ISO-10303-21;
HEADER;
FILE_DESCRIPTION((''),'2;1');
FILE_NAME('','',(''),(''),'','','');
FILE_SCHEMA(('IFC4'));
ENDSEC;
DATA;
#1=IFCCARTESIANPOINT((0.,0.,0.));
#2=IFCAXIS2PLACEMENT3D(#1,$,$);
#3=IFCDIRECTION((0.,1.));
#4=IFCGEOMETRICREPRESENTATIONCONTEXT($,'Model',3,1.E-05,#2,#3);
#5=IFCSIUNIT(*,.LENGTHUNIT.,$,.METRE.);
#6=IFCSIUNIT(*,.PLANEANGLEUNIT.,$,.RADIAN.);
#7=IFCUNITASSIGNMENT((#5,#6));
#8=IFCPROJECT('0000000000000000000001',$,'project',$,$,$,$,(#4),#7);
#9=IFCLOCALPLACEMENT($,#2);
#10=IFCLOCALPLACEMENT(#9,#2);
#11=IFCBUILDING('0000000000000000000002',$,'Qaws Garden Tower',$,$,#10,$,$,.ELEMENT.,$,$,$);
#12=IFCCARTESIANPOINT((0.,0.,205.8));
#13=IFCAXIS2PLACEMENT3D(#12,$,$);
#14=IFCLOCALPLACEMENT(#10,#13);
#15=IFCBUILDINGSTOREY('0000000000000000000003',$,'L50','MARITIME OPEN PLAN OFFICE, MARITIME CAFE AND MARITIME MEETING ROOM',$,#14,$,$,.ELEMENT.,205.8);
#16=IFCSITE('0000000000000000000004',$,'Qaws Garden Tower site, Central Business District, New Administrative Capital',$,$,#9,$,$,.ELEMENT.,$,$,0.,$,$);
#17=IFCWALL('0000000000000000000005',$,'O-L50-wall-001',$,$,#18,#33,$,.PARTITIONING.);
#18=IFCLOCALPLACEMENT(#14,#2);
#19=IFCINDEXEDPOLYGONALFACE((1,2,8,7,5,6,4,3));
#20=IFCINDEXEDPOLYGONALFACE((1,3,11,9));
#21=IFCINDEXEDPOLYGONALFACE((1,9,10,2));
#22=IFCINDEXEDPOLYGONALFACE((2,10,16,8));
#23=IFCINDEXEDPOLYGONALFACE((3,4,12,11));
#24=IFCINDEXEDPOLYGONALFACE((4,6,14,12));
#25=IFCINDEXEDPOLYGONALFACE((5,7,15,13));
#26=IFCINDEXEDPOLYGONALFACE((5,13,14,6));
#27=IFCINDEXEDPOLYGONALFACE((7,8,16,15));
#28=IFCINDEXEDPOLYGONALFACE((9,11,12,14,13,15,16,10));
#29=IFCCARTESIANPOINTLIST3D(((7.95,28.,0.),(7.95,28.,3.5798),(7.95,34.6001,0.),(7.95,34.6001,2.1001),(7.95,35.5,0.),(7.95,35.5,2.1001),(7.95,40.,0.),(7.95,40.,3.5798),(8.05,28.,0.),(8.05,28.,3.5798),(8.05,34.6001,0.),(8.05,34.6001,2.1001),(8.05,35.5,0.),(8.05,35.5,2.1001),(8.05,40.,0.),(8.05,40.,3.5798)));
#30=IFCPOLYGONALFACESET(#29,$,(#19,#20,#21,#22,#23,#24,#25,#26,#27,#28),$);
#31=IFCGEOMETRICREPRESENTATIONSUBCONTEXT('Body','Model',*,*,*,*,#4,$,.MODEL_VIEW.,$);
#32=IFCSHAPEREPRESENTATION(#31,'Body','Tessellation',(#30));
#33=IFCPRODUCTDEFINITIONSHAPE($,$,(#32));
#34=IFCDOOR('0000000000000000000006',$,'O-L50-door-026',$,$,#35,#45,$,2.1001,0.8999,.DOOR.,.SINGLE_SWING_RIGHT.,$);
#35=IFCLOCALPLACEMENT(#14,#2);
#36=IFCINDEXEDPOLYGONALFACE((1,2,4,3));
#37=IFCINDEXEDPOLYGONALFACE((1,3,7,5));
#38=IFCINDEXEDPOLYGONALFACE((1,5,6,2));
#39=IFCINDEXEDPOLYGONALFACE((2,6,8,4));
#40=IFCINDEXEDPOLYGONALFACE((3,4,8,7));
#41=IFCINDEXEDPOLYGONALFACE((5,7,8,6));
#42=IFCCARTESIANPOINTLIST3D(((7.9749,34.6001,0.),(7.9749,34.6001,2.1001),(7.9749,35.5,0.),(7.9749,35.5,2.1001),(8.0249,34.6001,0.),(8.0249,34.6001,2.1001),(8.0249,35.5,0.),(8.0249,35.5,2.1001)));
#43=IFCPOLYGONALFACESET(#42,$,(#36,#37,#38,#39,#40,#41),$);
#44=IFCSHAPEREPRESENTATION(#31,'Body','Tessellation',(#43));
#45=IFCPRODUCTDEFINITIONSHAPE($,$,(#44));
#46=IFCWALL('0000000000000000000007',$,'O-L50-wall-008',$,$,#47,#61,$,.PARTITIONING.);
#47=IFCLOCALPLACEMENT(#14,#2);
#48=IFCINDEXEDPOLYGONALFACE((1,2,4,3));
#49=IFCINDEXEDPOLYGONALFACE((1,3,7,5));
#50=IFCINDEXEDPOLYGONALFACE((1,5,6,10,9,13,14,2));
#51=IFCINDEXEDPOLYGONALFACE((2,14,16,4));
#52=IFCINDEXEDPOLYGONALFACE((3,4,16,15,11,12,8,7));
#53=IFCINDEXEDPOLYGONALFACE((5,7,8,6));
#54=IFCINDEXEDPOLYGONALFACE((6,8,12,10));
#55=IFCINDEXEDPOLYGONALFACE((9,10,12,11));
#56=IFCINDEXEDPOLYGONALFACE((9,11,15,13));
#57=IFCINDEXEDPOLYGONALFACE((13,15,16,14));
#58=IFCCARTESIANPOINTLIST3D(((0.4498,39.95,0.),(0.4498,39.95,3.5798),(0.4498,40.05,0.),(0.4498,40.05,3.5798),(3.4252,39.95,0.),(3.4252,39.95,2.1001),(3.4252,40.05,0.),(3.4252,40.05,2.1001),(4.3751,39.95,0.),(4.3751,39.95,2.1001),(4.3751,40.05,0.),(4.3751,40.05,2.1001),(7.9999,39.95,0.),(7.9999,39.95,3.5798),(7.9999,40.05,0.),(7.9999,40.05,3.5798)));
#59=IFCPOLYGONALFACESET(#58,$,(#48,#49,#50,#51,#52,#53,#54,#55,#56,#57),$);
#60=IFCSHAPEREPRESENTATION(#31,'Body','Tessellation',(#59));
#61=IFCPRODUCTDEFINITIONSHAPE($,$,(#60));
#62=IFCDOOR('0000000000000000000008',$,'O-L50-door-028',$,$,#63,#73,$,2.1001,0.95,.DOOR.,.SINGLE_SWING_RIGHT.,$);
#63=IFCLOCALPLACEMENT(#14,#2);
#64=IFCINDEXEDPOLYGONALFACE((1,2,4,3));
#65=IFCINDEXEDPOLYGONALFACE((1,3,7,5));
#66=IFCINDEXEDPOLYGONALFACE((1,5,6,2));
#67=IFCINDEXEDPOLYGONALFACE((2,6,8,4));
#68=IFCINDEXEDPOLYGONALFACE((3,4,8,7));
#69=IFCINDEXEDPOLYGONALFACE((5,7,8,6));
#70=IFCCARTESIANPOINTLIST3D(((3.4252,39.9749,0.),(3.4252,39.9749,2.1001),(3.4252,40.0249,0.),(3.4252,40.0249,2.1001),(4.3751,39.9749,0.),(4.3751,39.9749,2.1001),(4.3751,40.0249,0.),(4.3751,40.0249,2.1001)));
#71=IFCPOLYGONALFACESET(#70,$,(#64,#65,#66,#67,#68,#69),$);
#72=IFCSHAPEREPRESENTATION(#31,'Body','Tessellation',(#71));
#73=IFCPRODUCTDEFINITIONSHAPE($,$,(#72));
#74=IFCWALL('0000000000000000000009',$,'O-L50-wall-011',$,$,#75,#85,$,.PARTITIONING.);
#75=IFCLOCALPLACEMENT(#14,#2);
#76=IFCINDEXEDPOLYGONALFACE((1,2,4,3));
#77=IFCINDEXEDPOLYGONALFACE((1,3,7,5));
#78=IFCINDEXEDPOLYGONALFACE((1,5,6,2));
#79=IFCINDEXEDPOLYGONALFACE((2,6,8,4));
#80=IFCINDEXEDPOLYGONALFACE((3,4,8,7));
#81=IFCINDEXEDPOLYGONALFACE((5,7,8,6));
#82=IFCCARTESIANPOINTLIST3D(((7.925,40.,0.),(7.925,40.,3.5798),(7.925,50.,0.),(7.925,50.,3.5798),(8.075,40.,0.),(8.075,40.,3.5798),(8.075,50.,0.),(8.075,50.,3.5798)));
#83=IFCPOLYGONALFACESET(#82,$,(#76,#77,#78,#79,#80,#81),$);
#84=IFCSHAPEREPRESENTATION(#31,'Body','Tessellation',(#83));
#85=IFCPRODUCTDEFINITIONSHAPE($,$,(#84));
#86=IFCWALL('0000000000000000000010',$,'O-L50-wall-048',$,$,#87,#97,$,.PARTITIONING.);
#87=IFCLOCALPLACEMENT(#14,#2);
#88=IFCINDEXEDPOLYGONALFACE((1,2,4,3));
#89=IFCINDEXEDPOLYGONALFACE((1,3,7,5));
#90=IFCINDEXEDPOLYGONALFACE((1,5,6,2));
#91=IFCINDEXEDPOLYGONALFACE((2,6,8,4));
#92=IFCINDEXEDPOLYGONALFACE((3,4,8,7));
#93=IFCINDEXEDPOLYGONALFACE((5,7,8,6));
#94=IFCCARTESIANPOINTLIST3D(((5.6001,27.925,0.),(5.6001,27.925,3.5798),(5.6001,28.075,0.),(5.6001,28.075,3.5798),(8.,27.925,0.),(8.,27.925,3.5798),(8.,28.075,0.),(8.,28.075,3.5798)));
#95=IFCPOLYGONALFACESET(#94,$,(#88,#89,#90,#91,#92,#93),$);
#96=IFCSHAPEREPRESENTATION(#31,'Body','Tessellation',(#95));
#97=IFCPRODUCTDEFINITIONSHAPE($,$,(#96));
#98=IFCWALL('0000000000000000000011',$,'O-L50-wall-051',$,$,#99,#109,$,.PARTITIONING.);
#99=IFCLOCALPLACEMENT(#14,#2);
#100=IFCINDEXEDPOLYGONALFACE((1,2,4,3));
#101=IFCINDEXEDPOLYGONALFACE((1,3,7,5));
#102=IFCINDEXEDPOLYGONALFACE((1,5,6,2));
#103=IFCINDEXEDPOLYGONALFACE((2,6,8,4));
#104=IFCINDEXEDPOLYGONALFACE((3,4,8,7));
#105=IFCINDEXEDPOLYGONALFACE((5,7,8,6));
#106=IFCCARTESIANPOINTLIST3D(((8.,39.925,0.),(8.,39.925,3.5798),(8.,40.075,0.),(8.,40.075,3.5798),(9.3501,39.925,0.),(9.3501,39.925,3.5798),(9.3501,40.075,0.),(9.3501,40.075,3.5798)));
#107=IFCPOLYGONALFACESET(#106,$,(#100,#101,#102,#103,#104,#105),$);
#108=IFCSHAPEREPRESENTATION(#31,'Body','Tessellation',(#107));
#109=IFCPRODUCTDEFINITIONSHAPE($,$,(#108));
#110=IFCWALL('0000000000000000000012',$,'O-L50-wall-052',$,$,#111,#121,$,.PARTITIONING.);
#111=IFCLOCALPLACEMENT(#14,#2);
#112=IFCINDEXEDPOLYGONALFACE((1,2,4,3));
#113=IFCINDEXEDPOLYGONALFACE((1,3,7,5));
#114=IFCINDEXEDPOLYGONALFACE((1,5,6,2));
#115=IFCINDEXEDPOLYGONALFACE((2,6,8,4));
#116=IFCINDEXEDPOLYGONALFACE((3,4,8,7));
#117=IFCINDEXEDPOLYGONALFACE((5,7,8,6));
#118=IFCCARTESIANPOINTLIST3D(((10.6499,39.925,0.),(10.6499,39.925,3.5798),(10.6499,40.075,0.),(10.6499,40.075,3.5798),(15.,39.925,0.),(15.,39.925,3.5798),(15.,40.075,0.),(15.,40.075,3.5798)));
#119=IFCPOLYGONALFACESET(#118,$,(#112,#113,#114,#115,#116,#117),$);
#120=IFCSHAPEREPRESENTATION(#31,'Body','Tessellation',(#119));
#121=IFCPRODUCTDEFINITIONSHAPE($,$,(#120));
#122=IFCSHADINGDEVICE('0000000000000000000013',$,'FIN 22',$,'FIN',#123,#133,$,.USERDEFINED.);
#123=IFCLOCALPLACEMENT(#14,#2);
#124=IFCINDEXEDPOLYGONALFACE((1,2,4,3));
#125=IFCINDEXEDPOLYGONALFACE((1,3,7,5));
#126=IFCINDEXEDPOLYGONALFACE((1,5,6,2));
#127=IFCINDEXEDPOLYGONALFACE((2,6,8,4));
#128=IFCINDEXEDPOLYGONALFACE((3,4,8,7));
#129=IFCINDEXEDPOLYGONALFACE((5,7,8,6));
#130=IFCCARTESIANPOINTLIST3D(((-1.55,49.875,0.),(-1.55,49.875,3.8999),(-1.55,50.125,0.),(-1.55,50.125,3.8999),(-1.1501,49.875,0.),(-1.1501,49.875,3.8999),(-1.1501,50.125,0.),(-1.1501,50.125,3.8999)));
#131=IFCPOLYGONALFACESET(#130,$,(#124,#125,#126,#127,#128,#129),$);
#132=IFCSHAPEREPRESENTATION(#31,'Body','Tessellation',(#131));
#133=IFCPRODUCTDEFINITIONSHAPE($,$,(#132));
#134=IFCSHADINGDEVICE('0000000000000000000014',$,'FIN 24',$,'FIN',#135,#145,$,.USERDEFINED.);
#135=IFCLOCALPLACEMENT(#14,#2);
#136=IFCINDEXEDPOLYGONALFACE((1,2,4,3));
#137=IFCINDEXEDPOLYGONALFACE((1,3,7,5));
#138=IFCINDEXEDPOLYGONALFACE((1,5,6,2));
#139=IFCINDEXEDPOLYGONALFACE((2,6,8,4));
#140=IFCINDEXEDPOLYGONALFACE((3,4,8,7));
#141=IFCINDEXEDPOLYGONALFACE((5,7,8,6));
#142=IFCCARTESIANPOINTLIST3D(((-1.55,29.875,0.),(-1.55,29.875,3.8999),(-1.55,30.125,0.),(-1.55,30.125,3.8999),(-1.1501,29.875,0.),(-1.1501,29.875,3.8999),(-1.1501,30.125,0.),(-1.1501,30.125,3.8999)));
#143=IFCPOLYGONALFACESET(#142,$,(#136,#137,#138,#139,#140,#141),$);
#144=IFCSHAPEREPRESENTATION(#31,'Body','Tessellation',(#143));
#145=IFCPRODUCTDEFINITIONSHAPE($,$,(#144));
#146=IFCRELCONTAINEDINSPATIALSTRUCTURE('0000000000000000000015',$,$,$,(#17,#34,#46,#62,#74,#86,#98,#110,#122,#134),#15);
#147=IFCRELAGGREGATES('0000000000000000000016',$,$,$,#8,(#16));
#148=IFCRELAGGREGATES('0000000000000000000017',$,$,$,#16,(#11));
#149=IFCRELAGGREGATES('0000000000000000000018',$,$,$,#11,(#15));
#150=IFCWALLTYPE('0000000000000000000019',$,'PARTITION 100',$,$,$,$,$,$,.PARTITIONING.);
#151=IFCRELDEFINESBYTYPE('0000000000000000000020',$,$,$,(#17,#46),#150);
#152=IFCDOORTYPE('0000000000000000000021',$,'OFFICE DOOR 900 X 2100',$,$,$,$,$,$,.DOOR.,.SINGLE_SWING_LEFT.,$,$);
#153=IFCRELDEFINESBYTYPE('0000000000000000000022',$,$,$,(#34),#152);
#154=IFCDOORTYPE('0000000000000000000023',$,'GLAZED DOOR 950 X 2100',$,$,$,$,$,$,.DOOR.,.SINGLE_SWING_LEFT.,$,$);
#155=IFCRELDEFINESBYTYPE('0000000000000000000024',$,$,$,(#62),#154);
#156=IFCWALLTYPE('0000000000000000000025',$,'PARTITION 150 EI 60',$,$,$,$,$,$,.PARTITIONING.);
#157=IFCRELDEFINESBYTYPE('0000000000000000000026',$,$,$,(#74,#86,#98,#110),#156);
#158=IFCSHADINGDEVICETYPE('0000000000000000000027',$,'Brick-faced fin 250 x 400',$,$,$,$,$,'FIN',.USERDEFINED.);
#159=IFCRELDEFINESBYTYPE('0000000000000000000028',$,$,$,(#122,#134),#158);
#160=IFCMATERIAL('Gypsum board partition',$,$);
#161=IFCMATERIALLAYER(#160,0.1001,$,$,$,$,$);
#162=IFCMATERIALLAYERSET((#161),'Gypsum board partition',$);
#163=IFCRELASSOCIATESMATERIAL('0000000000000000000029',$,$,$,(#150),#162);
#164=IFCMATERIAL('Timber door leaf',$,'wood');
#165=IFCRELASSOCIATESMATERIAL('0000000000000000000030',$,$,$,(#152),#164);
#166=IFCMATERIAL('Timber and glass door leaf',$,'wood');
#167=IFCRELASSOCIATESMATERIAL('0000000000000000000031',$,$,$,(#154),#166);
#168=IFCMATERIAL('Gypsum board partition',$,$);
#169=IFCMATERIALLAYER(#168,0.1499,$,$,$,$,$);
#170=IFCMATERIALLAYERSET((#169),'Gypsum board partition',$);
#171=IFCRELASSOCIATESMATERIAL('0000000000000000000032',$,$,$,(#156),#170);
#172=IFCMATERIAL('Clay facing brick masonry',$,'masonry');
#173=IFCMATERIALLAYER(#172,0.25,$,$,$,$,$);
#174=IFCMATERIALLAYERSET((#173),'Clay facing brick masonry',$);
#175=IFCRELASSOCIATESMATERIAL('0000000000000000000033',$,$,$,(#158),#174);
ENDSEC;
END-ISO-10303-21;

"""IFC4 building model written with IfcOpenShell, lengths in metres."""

from ifc_helpers import new_model, si_unit, direction, frame, frame_2d, origin, origin_2d, place, context, subcontext, project, spatial, rectangle, extrude, material, layer, layer_set, type_object, element, fill, save


model = new_model("IFC4")

# Units and contexts
model_context = context("Model", 3, precision=1e-05, world=origin(), true_north=direction((0.0, 1.0)))
body_context = subcontext(model_context, "Body", "Model", "MODEL_VIEW")
ifc_project = project(units=[si_unit("LENGTHUNIT", "METRE"), si_unit("PLANEANGLEUNIT", "RADIAN")], contexts=[model_context])

# Site, building, storey
site_placement = place(None, origin())
site = spatial("IfcSite", under=ifc_project, at=site_placement, Name="Qaws Garden Tower site, Central Business District, New Administrative Capital", CompositionType="ELEMENT", RefElevation=0.0)
building_placement = place(site_placement, origin())
building = spatial("IfcBuilding", under=site, at=building_placement, Name="Qaws Garden Tower", CompositionType="ELEMENT")
storey_placement = place(building_placement, frame((0.0, 0.0, 205.8)))
storey = spatial("IfcBuildingStorey", under=building, at=storey_placement, Name="L50", Description="MARITIME OPEN PLAN OFFICE, MARITIME CAFE AND MARITIME MEETING ROOM", CompositionType="ELEMENT", Elevation=205.8)

# Walls, openings, doors
ifc_material_1 = material(Name="Gypsum board partition")
ifc_layer_1 = layer(ifc_material_1, 0.1001)
ifc_layer_set_1 = layer_set([ifc_layer_1], Name="Gypsum board partition")
wall_type_1 = type_object("IfcWallType", Name="PARTITION 100", PredefinedType="PARTITIONING", material=ifc_layer_set_1)
wall_1_placement = place(storey_placement, frame((8.0, 28.0, 0.0), z_axis=(0.0, 0.0, 1.0), x_axis=(0.0, 1.0, 0.0)))
wall_1 = element("IfcWall", 1, at=wall_1_placement, inside=storey, type_object=wall_type_1, Name="O-L50-wall-001", PredefinedType="PARTITIONING", context=body_context, shape_type="SweptSolid", body=[
    extrude(rectangle(XDim=12.0, YDim=0.1001, at=frame_2d((6.0, 0.0))), origin(), (0.0, 0.0, 1.0), 3.5798),
])
opening_1_placement = place(wall_1_placement, frame((6.6001, 0.0, 0.0)))
opening_1 = element("IfcOpeningElement", 2, at=opening_1_placement, cuts=wall_1, PredefinedType="OPENING", context=body_context, shape_type="SweptSolid", body=[
    extrude(rectangle(XDim=0.8999, YDim=2.1001, at=frame_2d((0.45, 1.05))), frame((0.0, 0.0601, 0.0), z_axis=(0.0, -1.0, 0.0), x_axis=(1.0, 0.0, 0.0)), (0.0, 0.0, 1.0), 0.1201),
])
ifc_material_2 = material(Name="Timber door leaf", Category="wood")
door_type_1 = type_object("IfcDoorType", Name="OFFICE DOOR 900 X 2100", OperationType="SINGLE_SWING_LEFT", PredefinedType="DOOR", material=ifc_material_2)
door_1_placement = place(opening_1_placement, frame((0.8999, 0.0, 0.0), z_axis=(0.0, 0.0, 1.0), x_axis=(-1.0, 0.0, 0.0)))
door_1 = element("IfcDoor", 3, at=door_1_placement, inside=storey, type_object=door_type_1, Name="O-L50-door-026", OperationType="SINGLE_SWING_RIGHT", OverallHeight=2.1001, OverallWidth=0.8999, PredefinedType="DOOR", context=body_context, shape_type="SweptSolid", body=[
    extrude(rectangle(XDim=0.8999, YDim=2.1001, at=frame_2d((0.45, 1.05))), frame((0.0, 0.0249, 0.0), z_axis=(0.0, -1.0, 0.0), x_axis=(1.0, 0.0, 0.0)), (0.0, 0.0, 1.0), 0.05),
])
fill(opening_1, door_1)
wall_2_placement = place(storey_placement, frame((0.45, 40.0, 0.0), z_axis=(0.0, 0.0, 1.0), x_axis=(1.0, 0.0, 0.0)))
wall_2 = element("IfcWall", 4, at=wall_2_placement, inside=storey, type_object=wall_type_1, Name="O-L50-wall-008", PredefinedType="PARTITIONING", context=body_context, shape_type="SweptSolid", body=[
    extrude(rectangle(XDim=7.55, YDim=0.1001, at=frame_2d((3.7749, 0.0))), origin(), (0.0, 0.0, 1.0), 3.5798),
])
opening_2_placement = place(wall_2_placement, frame((2.9751, 0.0, 0.0)))
opening_2 = element("IfcOpeningElement", 5, at=opening_2_placement, cuts=wall_2, PredefinedType="OPENING", context=body_context, shape_type="SweptSolid", body=[
    extrude(rectangle(XDim=0.95, YDim=2.1001, at=frame_2d((0.4751, 1.05))), frame((0.0, 0.0601, 0.0), z_axis=(0.0, -1.0, 0.0), x_axis=(1.0, 0.0, 0.0)), (0.0, 0.0, 1.0), 0.1201),
])
ifc_material_3 = material(Name="Timber and glass door leaf", Category="wood")
door_type_2 = type_object("IfcDoorType", Name="GLAZED DOOR 950 X 2100", OperationType="SINGLE_SWING_LEFT", PredefinedType="DOOR", material=ifc_material_3)
door_2_placement = place(opening_2_placement, origin())
door_2 = element("IfcDoor", 6, at=door_2_placement, inside=storey, type_object=door_type_2, Name="O-L50-door-028", OperationType="SINGLE_SWING_RIGHT", OverallHeight=2.1001, OverallWidth=0.95, PredefinedType="DOOR", context=body_context, shape_type="SweptSolid", body=[
    extrude(rectangle(XDim=0.95, YDim=2.1001, at=frame_2d((0.4751, 1.05))), frame((0.0, 0.0249, 0.0), z_axis=(0.0, -1.0, 0.0), x_axis=(1.0, 0.0, 0.0)), (0.0, 0.0, 1.0), 0.05),
])
fill(opening_2, door_2)

# Walls
ifc_material_4 = material(Name="Gypsum board partition")
ifc_layer_2 = layer(ifc_material_4, 0.1499)
ifc_layer_set_2 = layer_set([ifc_layer_2], Name="Gypsum board partition")
wall_type_2 = type_object("IfcWallType", Name="PARTITION 150 EI 60", PredefinedType="PARTITIONING", material=ifc_layer_set_2)
wall_3_placement = place(storey_placement, frame((8.0, 40.0, 0.0), z_axis=(0.0, 0.0, 1.0), x_axis=(0.0, 1.0, 0.0)))
element("IfcWall", 7, at=wall_3_placement, inside=storey, type_object=wall_type_2, Name="O-L50-wall-011", PredefinedType="PARTITIONING", context=body_context, shape_type="SweptSolid", body=[
    extrude(rectangle(XDim=10.0, YDim=0.1499, at=frame_2d((5.0, 0.0))), origin(), (0.0, 0.0, 1.0), 3.5798),
])
wall_4_placement = place(storey_placement, frame((5.6001, 28.0, 0.0), z_axis=(0.0, 0.0, 1.0), x_axis=(1.0, 0.0, 0.0)))
element("IfcWall", 8, at=wall_4_placement, inside=storey, type_object=wall_type_2, Name="O-L50-wall-048", PredefinedType="PARTITIONING", context=body_context, shape_type="SweptSolid", body=[
    extrude(rectangle(XDim=2.3999, YDim=0.1499, at=frame_2d((1.2, 0.0))), origin(), (0.0, 0.0, 1.0), 3.5798),
])
wall_5_placement = place(storey_placement, frame((8.0, 40.0, 0.0), z_axis=(0.0, 0.0, 1.0), x_axis=(1.0, 0.0, 0.0)))
element("IfcWall", 9, at=wall_5_placement, inside=storey, type_object=wall_type_2, Name="O-L50-wall-051", PredefinedType="PARTITIONING", context=body_context, shape_type="SweptSolid", body=[
    extrude(rectangle(XDim=1.3501, YDim=0.1499, at=frame_2d((0.675, 0.0))), origin(), (0.0, 0.0, 1.0), 3.5798),
])
wall_6_placement = place(storey_placement, frame((10.6499, 40.0, 0.0), z_axis=(0.0, 0.0, 1.0), x_axis=(1.0, 0.0, 0.0)))
element("IfcWall", 10, at=wall_6_placement, inside=storey, type_object=wall_type_2, Name="O-L50-wall-052", PredefinedType="PARTITIONING", context=body_context, shape_type="SweptSolid", body=[
    extrude(rectangle(XDim=4.3501, YDim=0.1499, at=frame_2d((2.175, 0.0))), origin(), (0.0, 0.0, 1.0), 3.5798),
])

# Shading devices
ifc_material_5 = material(Name="Clay facing brick masonry", Category="masonry")
ifc_layer_3 = layer(ifc_material_5, 0.25)
ifc_layer_set_3 = layer_set([ifc_layer_3], Name="Clay facing brick masonry")
shading_device_type = type_object("IfcShadingDeviceType", Name="Brick-faced fin 250 x 400", ElementType="FIN", PredefinedType="USERDEFINED", material=ifc_layer_set_3)
for number, where, z_axis, x_axis, name in (
    (11, (-1.3501, 50.0, 0.0), (0.0, 0.0, 1.0), (0.0, -1.0, 0.0), "FIN 22"),
    (12, (-1.3501, 30.0, 0.0), (0.0, 0.0, 1.0), (0.0, -1.0, 0.0), "FIN 24"),
):
    element("IfcShadingDevice", number, at=place(storey_placement, frame(where, z_axis=z_axis, x_axis=x_axis)), inside=storey, type_object=shading_device_type, Name=name, ObjectType="FIN", PredefinedType="USERDEFINED", context=body_context, shape_type="SweptSolid", body=[
        extrude(rectangle(XDim=0.25, YDim=0.3999, at=origin_2d()), origin(), (0.0, 0.0, 1.0), 3.8999),
    ])

save(model, "model.ifc")
